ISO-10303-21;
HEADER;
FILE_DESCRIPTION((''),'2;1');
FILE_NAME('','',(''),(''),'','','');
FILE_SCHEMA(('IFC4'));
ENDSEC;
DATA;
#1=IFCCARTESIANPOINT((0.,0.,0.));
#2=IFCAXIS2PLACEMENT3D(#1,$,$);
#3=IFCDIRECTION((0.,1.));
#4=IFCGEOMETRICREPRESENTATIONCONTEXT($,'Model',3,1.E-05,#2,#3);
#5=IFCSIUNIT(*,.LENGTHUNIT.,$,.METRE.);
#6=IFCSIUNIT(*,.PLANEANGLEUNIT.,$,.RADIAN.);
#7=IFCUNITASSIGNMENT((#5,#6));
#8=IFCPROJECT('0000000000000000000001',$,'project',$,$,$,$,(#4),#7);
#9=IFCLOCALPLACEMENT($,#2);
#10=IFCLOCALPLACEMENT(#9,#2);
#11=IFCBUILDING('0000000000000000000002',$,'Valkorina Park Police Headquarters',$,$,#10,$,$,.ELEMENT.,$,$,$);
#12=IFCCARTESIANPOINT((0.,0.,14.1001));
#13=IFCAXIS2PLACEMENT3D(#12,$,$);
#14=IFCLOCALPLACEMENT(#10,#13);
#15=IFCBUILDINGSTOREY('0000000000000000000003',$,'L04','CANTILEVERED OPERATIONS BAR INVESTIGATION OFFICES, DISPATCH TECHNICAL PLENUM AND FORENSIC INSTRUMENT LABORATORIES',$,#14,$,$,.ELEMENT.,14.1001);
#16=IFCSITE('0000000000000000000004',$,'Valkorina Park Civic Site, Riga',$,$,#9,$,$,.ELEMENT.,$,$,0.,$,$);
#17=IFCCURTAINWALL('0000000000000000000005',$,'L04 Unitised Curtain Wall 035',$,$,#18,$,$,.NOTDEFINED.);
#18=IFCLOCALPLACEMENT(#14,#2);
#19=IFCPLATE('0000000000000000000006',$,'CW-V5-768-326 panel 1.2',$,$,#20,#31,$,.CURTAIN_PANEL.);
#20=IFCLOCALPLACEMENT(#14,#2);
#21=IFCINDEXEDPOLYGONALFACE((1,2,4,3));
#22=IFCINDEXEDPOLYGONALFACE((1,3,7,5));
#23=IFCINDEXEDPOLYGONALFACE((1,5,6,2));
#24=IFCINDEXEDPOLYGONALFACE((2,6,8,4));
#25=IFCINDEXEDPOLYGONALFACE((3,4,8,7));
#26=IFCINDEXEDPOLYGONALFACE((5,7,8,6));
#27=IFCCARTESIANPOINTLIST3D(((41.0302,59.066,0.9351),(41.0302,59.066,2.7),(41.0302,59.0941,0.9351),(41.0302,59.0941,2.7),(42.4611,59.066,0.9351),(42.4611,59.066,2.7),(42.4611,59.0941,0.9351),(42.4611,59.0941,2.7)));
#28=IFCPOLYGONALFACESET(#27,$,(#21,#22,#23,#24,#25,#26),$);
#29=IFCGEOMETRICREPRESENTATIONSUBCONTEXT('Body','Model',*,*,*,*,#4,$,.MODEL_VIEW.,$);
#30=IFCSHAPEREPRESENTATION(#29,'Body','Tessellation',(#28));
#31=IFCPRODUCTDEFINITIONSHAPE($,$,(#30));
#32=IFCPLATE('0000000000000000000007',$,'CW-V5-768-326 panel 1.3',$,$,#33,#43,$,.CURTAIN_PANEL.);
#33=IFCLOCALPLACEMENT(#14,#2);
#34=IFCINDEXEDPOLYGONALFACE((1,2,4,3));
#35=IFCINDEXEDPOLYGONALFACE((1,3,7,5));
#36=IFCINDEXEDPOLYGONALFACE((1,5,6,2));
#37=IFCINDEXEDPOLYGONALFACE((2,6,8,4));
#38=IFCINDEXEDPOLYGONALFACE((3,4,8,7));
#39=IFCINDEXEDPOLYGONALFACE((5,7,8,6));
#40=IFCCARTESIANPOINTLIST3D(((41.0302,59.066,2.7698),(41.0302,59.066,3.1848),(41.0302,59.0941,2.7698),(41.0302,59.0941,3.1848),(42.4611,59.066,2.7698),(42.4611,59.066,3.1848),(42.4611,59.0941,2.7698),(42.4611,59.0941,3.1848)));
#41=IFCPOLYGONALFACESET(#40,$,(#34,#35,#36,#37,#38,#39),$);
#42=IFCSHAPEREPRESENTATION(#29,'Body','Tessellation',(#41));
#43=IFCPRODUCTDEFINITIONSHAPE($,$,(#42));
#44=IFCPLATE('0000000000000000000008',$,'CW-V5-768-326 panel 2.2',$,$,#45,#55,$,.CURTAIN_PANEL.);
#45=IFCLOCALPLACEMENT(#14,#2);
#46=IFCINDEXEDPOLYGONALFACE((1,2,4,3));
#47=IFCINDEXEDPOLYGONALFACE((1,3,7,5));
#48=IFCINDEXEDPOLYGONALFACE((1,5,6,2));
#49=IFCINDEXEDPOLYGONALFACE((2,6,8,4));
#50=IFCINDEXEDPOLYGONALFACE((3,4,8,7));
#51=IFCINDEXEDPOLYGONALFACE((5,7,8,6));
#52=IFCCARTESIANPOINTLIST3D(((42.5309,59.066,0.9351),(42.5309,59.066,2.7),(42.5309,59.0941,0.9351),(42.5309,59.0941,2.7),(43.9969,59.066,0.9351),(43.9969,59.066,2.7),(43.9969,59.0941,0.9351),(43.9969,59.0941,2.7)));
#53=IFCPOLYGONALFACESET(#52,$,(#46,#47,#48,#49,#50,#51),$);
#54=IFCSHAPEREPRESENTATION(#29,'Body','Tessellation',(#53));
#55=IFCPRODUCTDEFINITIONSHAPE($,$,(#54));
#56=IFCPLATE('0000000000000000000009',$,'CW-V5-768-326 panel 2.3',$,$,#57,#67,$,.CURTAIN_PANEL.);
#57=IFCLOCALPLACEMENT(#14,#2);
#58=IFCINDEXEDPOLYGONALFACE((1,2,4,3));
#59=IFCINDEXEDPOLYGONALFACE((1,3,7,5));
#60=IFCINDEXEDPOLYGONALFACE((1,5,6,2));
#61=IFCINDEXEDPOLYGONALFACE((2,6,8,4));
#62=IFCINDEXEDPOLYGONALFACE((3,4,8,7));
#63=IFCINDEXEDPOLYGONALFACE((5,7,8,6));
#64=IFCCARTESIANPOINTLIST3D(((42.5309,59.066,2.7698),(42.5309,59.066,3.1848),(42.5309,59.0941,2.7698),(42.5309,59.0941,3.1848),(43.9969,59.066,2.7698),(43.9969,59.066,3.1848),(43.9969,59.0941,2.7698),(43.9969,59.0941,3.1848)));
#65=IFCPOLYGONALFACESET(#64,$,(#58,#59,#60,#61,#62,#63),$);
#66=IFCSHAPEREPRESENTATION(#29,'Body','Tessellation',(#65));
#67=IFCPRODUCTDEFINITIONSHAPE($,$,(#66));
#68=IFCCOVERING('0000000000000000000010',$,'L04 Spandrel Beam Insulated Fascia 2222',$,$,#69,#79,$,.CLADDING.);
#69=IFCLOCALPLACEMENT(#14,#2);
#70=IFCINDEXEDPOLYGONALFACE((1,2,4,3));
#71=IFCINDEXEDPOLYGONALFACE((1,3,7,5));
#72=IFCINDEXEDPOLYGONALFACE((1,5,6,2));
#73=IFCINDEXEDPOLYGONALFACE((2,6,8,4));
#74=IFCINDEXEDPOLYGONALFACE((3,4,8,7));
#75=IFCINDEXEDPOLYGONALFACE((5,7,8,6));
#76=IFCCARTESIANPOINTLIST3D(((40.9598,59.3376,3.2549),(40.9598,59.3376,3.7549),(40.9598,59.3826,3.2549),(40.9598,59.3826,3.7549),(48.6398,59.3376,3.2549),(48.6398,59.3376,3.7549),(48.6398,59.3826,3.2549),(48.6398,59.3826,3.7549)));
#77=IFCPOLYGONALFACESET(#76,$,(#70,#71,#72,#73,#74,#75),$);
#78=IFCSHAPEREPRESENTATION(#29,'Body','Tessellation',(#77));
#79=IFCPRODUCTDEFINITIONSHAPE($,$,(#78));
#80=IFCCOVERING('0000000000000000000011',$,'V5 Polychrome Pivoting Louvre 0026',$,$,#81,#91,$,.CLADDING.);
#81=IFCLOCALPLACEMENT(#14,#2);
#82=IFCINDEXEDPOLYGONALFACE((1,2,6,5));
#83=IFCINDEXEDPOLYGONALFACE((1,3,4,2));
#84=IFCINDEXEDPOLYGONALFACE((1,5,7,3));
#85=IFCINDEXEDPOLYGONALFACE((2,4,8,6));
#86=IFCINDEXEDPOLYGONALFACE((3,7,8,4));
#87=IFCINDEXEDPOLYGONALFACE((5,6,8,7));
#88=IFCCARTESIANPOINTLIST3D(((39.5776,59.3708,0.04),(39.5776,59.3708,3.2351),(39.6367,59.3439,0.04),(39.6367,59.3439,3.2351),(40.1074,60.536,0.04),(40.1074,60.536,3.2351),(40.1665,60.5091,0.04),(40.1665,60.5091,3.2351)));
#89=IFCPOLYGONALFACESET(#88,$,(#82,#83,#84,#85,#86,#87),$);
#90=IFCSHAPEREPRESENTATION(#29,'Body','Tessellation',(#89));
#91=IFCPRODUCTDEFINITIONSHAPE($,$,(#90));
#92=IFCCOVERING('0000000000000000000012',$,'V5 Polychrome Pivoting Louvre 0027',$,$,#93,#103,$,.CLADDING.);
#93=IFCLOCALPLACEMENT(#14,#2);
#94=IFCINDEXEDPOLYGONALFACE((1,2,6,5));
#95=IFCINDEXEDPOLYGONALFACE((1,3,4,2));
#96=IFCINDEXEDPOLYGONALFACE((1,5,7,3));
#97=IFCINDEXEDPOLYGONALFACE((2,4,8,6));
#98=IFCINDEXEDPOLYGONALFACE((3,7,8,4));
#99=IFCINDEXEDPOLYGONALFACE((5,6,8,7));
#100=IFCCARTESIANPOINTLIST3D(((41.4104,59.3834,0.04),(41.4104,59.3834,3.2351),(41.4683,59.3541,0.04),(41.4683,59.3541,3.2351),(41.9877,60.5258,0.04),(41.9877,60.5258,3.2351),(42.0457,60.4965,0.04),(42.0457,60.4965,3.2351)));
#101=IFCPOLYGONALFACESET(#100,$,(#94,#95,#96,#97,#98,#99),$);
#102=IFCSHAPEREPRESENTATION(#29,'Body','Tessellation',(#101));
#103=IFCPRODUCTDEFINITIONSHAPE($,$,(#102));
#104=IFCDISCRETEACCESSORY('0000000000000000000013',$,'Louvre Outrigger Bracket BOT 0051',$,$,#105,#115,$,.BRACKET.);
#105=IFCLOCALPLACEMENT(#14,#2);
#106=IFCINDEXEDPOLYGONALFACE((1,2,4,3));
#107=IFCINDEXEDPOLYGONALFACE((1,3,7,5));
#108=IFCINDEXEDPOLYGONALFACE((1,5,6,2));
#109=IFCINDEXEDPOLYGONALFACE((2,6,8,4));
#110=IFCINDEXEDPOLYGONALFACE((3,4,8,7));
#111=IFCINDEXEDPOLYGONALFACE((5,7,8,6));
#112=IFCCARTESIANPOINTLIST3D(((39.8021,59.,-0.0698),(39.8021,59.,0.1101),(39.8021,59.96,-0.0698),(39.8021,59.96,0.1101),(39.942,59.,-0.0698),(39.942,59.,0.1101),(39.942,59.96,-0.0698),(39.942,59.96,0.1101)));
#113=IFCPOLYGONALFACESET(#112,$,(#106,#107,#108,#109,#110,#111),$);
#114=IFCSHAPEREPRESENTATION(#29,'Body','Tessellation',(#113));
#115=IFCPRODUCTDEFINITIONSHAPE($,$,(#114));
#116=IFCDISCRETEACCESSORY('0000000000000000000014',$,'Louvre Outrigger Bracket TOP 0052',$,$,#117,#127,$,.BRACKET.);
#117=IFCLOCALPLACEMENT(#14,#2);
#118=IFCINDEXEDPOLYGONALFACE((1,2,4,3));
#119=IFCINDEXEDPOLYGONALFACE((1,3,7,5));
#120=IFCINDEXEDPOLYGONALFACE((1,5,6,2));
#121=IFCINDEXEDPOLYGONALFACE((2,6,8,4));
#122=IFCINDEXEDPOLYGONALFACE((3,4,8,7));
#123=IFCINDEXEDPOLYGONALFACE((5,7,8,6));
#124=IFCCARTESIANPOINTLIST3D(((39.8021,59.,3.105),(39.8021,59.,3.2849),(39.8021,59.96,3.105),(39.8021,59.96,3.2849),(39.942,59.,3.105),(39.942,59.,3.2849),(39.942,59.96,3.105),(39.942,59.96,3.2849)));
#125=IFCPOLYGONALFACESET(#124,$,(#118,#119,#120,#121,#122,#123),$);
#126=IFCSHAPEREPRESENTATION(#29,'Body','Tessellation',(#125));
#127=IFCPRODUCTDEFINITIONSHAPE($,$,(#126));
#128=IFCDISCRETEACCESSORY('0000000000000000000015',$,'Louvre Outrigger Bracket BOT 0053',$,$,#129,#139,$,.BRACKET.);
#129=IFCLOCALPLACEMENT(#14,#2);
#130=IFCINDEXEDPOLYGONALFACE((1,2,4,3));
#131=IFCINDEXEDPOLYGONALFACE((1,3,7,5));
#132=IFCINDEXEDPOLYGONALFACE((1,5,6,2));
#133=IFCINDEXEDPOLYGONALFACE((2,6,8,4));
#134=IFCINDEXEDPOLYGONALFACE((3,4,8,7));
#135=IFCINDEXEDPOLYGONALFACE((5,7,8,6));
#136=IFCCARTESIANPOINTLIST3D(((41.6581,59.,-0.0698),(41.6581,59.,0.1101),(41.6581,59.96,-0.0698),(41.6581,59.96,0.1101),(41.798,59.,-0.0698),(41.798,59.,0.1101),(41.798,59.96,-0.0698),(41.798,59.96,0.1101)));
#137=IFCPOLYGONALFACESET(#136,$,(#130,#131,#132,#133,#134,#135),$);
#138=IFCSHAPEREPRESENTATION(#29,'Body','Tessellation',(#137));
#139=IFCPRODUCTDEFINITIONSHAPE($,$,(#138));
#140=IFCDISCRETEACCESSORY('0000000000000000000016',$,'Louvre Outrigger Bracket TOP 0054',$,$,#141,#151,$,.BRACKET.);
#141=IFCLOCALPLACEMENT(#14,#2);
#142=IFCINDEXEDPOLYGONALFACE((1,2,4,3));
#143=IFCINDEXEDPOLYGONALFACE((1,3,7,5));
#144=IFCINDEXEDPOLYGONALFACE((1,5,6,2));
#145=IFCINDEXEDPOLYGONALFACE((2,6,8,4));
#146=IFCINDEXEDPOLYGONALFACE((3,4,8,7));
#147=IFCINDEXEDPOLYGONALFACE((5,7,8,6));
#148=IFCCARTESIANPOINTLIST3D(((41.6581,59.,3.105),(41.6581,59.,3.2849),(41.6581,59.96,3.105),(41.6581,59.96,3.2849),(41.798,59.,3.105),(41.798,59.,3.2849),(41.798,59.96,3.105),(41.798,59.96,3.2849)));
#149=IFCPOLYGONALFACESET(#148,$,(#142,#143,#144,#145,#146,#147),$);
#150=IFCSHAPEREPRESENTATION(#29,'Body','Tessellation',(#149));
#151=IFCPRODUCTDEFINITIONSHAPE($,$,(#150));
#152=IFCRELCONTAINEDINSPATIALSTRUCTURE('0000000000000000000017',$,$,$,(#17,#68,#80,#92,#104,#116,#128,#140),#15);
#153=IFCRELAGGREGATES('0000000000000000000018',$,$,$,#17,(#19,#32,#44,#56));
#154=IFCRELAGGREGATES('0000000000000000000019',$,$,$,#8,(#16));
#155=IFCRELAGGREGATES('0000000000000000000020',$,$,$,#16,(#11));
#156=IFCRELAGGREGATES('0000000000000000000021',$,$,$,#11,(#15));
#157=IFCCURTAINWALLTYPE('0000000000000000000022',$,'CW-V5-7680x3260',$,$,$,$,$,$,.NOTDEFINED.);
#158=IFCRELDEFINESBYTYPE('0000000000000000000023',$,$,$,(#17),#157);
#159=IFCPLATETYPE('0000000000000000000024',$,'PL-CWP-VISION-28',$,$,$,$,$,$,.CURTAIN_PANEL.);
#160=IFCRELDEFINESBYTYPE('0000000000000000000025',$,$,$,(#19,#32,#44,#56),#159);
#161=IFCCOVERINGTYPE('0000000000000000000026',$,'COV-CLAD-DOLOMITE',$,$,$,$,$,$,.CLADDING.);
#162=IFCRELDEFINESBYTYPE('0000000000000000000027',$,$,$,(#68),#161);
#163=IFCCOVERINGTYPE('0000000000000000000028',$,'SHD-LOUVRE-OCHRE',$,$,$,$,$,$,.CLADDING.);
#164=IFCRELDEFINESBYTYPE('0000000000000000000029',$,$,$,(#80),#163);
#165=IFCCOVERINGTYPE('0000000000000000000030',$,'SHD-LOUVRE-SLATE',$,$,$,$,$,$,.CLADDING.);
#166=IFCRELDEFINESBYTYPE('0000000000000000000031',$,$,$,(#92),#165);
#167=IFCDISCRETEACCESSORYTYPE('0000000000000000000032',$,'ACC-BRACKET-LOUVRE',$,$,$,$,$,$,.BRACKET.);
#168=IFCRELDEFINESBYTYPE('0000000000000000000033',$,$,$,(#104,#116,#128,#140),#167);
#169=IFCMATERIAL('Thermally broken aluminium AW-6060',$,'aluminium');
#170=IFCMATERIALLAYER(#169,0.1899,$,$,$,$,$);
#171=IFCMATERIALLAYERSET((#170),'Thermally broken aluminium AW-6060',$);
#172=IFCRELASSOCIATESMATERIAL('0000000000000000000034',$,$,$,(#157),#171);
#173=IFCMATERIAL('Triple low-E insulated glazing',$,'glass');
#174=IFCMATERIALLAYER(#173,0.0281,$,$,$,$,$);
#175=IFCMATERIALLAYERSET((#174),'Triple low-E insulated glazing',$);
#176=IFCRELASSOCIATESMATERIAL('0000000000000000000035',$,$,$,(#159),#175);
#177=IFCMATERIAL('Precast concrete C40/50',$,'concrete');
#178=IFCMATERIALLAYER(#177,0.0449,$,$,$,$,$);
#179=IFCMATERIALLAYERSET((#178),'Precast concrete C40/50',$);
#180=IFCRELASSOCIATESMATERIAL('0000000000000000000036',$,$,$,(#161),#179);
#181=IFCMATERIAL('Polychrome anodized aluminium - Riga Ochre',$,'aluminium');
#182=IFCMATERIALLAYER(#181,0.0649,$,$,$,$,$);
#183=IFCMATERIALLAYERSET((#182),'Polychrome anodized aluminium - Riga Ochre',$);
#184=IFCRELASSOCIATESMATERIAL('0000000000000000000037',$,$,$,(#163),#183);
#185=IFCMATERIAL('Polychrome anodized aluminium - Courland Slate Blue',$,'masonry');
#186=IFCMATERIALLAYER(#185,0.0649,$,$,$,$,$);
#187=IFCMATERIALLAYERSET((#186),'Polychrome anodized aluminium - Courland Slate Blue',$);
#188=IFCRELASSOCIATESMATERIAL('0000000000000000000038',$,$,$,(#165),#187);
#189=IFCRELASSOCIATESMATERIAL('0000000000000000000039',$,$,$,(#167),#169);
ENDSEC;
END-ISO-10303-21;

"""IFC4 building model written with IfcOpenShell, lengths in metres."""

from ifc_helpers import new_model, si_unit, direction, frame, frame_2d, origin, origin_2d, place, context, subcontext, project, spatial, rectangle, extrude, material, layer, layer_set, type_object, element, aggregate, save


model = new_model("IFC4")

# Units and contexts
model_context = context("Model", 3, precision=1e-05, world=origin(), true_north=direction((0.0, 1.0)))
body_context = subcontext(model_context, "Body", "Model", "MODEL_VIEW")
ifc_project = project(units=[si_unit("LENGTHUNIT", "METRE"), si_unit("PLANEANGLEUNIT", "RADIAN")], contexts=[model_context])

# Site, building, storey
site_placement = place(None, origin())
site = spatial("IfcSite", under=ifc_project, at=site_placement, Name="Valkorina Park Civic Site, Riga", CompositionType="ELEMENT", RefElevation=0.0)
building_placement = place(site_placement, origin())
building = spatial("IfcBuilding", under=site, at=building_placement, Name="Valkorina Park Police Headquarters", CompositionType="ELEMENT")
storey_placement = place(building_placement, frame((0.0, 0.0, 14.1001)))
storey = spatial("IfcBuildingStorey", under=building, at=storey_placement, Name="L04", Description="CANTILEVERED OPERATIONS BAR INVESTIGATION OFFICES, DISPATCH TECHNICAL PLENUM AND FORENSIC INSTRUMENT LABORATORIES", CompositionType="ELEMENT", Elevation=14.1001)

# Curtain wall, plates
ifc_material_1 = material(Name="Thermally broken aluminium AW-6060", Category="aluminium")
ifc_layer_1 = layer(ifc_material_1, 0.1899)
ifc_layer_set_1 = layer_set([ifc_layer_1], Name="Thermally broken aluminium AW-6060")
curtain_wall_type = type_object("IfcCurtainWallType", Name="CW-V5-7680x3260", PredefinedType="NOTDEFINED", material=ifc_layer_set_1)
curtain_wall_placement = place(storey_placement, origin())
curtain_wall = element("IfcCurtainWall", 1, at=curtain_wall_placement, inside=storey, type_object=curtain_wall_type, Name="L04 Unitised Curtain Wall 035", PredefinedType="NOTDEFINED")
ifc_material_2 = material(Name="Triple low-E insulated glazing", Category="glass")
ifc_layer_2 = layer(ifc_material_2, 0.0281)
ifc_layer_set_2 = layer_set([ifc_layer_2], Name="Triple low-E insulated glazing")
plate_type_1 = type_object("IfcPlateType", Name="PL-CWP-VISION-28", PredefinedType="CURTAIN_PANEL", material=ifc_layer_set_2)
plate_1_placement = place(storey_placement, frame((41.7456, 59.0801, 0.9351), z_axis=(0.0, 0.0, 1.0), x_axis=(1.0, 0.0, 0.0)))
plate_1 = element("IfcPlate", 2, at=plate_1_placement, type_object=plate_type_1, Name="CW-V5-768-326 panel 1.2", PredefinedType="CURTAIN_PANEL", context=body_context, shape_type="SweptSolid", body=[
    extrude(rectangle(XDim=1.4309, YDim=0.0281, at=origin_2d()), origin(), (0.0, 0.0, 1.0), 1.7649),
])
plate_2_placement = place(storey_placement, frame((41.7456, 59.0801, 2.7698), z_axis=(0.0, 0.0, 1.0), x_axis=(1.0, 0.0, 0.0)))
plate_2 = element("IfcPlate", 3, at=plate_2_placement, type_object=plate_type_1, Name="CW-V5-768-326 panel 1.3", PredefinedType="CURTAIN_PANEL", context=body_context, shape_type="SweptSolid", body=[
    extrude(rectangle(XDim=1.4309, YDim=0.0281, at=origin_2d()), origin(), (0.0, 0.0, 1.0), 0.415),
])
plate_3_placement = place(storey_placement, frame((43.2639, 59.0801, 0.9351), z_axis=(0.0, 0.0, 1.0), x_axis=(1.0, 0.0, 0.0)))
plate_3 = element("IfcPlate", 4, at=plate_3_placement, type_object=plate_type_1, Name="CW-V5-768-326 panel 2.2", PredefinedType="CURTAIN_PANEL", context=body_context, shape_type="SweptSolid", body=[
    extrude(rectangle(XDim=1.4661, YDim=0.0281, at=origin_2d()), origin(), (0.0, 0.0, 1.0), 1.7649),
])
plate_4_placement = place(storey_placement, frame((43.2639, 59.0801, 2.7698), z_axis=(0.0, 0.0, 1.0), x_axis=(1.0, 0.0, 0.0)))
plate_4 = element("IfcPlate", 5, at=plate_4_placement, type_object=plate_type_1, Name="CW-V5-768-326 panel 2.3", PredefinedType="CURTAIN_PANEL", context=body_context, shape_type="SweptSolid", body=[
    extrude(rectangle(XDim=1.4661, YDim=0.0281, at=origin_2d()), origin(), (0.0, 0.0, 1.0), 0.415),
])
aggregate(curtain_wall, [plate_1, plate_2, plate_3, plate_4])

# Coverings
ifc_material_3 = material(Name="Precast concrete C40/50", Category="concrete")
ifc_layer_3 = layer(ifc_material_3, 0.0449)
ifc_layer_set_3 = layer_set([ifc_layer_3], Name="Precast concrete C40/50")
covering_type_1 = type_object("IfcCoveringType", Name="COV-CLAD-DOLOMITE", PredefinedType="CLADDING", material=ifc_layer_set_3)
covering_1_placement = place(storey_placement, frame((40.96, 59.3601, 3.2549), z_axis=(0.0, 0.0, 1.0), x_axis=(1.0, 0.0, 0.0)))
element("IfcCovering", 6, at=covering_1_placement, inside=storey, type_object=covering_type_1, Name="L04 Spandrel Beam Insulated Fascia 2222", PredefinedType="CLADDING", context=body_context, shape_type="SweptSolid", body=[
    extrude(rectangle(XDim=7.6799, YDim=0.0449, at=frame_2d((3.8398, 0.0))), origin(), (0.0, 0.0, 1.0), 0.5),
])
ifc_material_4 = material(Name="Polychrome anodized aluminium - Riga Ochre", Category="aluminium")
ifc_layer_4 = layer(ifc_material_4, 0.0649)
ifc_layer_set_4 = layer_set([ifc_layer_4], Name="Polychrome anodized aluminium - Riga Ochre")
covering_type_2 = type_object("IfcCoveringType", Name="SHD-LOUVRE-OCHRE", PredefinedType="CLADDING", material=ifc_layer_set_4)
covering_2_placement = place(storey_placement, frame((39.8721, 59.9399, 0.04), z_axis=(0.0, 0.0, 1.0), x_axis=(0.413899, 0.910323, 0.0)))
element("IfcCovering", 7, at=covering_2_placement, inside=storey, type_object=covering_type_2, Name="V5 Polychrome Pivoting Louvre 0026", PredefinedType="CLADDING", context=body_context, shape_type="SweptSolid", body=[
    extrude(rectangle(XDim=1.28, YDim=0.0649, at=origin_2d()), origin(), (0.0, 0.0, 1.0), 3.1951),
])
ifc_material_5 = material(Name="Polychrome anodized aluminium - Courland Slate Blue", Category="masonry")
ifc_layer_5 = layer(ifc_material_5, 0.0649)
ifc_layer_set_5 = layer_set([ifc_layer_5], Name="Polychrome anodized aluminium - Courland Slate Blue")
covering_type_3 = type_object("IfcCoveringType", Name="SHD-LOUVRE-SLATE", PredefinedType="CLADDING", material=ifc_layer_set_5)
covering_3_placement = place(storey_placement, frame((41.728, 59.9399, 0.04), z_axis=(0.0, 0.0, 1.0), x_axis=(0.451033, 0.892507, 0.0)))
element("IfcCovering", 8, at=covering_3_placement, inside=storey, type_object=covering_type_3, Name="V5 Polychrome Pivoting Louvre 0027", PredefinedType="CLADDING", context=body_context, shape_type="SweptSolid", body=[
    extrude(rectangle(XDim=1.28, YDim=0.0649, at=origin_2d()), origin(), (0.0, 0.0, 1.0), 3.1951),
])

# Discrete accessories
discrete_accessory_type = type_object("IfcDiscreteAccessoryType", Name="ACC-BRACKET-LOUVRE", PredefinedType="BRACKET", material=ifc_material_1)
for number, where, z_axis, x_axis, name in (
    (9, (39.8721, 59.48, -0.0698), (0.0, 0.0, 1.0), (0.0, 1.0, 0.0), "Louvre Outrigger Bracket BOT 0051"),
    (10, (39.8721, 59.48, 3.105), (0.0, 0.0, 1.0), (0.0, 1.0, 0.0), "Louvre Outrigger Bracket TOP 0052"),
    (11, (41.728, 59.48, -0.0698), (0.0, 0.0, 1.0), (0.0, 1.0, 0.0), "Louvre Outrigger Bracket BOT 0053"),
    (12, (41.728, 59.48, 3.105), (0.0, 0.0, 1.0), (0.0, 1.0, 0.0), "Louvre Outrigger Bracket TOP 0054"),
):
    element("IfcDiscreteAccessory", number, at=place(storey_placement, frame(where, z_axis=z_axis, x_axis=x_axis)), inside=storey, type_object=discrete_accessory_type, Name=name, PredefinedType="BRACKET", context=body_context, shape_type="SweptSolid", body=[
        extrude(rectangle(XDim=0.96, YDim=0.1399, at=origin_2d()), origin(), (0.0, 0.0, 1.0), 0.1799),
    ])

save(model, "model.ifc")
